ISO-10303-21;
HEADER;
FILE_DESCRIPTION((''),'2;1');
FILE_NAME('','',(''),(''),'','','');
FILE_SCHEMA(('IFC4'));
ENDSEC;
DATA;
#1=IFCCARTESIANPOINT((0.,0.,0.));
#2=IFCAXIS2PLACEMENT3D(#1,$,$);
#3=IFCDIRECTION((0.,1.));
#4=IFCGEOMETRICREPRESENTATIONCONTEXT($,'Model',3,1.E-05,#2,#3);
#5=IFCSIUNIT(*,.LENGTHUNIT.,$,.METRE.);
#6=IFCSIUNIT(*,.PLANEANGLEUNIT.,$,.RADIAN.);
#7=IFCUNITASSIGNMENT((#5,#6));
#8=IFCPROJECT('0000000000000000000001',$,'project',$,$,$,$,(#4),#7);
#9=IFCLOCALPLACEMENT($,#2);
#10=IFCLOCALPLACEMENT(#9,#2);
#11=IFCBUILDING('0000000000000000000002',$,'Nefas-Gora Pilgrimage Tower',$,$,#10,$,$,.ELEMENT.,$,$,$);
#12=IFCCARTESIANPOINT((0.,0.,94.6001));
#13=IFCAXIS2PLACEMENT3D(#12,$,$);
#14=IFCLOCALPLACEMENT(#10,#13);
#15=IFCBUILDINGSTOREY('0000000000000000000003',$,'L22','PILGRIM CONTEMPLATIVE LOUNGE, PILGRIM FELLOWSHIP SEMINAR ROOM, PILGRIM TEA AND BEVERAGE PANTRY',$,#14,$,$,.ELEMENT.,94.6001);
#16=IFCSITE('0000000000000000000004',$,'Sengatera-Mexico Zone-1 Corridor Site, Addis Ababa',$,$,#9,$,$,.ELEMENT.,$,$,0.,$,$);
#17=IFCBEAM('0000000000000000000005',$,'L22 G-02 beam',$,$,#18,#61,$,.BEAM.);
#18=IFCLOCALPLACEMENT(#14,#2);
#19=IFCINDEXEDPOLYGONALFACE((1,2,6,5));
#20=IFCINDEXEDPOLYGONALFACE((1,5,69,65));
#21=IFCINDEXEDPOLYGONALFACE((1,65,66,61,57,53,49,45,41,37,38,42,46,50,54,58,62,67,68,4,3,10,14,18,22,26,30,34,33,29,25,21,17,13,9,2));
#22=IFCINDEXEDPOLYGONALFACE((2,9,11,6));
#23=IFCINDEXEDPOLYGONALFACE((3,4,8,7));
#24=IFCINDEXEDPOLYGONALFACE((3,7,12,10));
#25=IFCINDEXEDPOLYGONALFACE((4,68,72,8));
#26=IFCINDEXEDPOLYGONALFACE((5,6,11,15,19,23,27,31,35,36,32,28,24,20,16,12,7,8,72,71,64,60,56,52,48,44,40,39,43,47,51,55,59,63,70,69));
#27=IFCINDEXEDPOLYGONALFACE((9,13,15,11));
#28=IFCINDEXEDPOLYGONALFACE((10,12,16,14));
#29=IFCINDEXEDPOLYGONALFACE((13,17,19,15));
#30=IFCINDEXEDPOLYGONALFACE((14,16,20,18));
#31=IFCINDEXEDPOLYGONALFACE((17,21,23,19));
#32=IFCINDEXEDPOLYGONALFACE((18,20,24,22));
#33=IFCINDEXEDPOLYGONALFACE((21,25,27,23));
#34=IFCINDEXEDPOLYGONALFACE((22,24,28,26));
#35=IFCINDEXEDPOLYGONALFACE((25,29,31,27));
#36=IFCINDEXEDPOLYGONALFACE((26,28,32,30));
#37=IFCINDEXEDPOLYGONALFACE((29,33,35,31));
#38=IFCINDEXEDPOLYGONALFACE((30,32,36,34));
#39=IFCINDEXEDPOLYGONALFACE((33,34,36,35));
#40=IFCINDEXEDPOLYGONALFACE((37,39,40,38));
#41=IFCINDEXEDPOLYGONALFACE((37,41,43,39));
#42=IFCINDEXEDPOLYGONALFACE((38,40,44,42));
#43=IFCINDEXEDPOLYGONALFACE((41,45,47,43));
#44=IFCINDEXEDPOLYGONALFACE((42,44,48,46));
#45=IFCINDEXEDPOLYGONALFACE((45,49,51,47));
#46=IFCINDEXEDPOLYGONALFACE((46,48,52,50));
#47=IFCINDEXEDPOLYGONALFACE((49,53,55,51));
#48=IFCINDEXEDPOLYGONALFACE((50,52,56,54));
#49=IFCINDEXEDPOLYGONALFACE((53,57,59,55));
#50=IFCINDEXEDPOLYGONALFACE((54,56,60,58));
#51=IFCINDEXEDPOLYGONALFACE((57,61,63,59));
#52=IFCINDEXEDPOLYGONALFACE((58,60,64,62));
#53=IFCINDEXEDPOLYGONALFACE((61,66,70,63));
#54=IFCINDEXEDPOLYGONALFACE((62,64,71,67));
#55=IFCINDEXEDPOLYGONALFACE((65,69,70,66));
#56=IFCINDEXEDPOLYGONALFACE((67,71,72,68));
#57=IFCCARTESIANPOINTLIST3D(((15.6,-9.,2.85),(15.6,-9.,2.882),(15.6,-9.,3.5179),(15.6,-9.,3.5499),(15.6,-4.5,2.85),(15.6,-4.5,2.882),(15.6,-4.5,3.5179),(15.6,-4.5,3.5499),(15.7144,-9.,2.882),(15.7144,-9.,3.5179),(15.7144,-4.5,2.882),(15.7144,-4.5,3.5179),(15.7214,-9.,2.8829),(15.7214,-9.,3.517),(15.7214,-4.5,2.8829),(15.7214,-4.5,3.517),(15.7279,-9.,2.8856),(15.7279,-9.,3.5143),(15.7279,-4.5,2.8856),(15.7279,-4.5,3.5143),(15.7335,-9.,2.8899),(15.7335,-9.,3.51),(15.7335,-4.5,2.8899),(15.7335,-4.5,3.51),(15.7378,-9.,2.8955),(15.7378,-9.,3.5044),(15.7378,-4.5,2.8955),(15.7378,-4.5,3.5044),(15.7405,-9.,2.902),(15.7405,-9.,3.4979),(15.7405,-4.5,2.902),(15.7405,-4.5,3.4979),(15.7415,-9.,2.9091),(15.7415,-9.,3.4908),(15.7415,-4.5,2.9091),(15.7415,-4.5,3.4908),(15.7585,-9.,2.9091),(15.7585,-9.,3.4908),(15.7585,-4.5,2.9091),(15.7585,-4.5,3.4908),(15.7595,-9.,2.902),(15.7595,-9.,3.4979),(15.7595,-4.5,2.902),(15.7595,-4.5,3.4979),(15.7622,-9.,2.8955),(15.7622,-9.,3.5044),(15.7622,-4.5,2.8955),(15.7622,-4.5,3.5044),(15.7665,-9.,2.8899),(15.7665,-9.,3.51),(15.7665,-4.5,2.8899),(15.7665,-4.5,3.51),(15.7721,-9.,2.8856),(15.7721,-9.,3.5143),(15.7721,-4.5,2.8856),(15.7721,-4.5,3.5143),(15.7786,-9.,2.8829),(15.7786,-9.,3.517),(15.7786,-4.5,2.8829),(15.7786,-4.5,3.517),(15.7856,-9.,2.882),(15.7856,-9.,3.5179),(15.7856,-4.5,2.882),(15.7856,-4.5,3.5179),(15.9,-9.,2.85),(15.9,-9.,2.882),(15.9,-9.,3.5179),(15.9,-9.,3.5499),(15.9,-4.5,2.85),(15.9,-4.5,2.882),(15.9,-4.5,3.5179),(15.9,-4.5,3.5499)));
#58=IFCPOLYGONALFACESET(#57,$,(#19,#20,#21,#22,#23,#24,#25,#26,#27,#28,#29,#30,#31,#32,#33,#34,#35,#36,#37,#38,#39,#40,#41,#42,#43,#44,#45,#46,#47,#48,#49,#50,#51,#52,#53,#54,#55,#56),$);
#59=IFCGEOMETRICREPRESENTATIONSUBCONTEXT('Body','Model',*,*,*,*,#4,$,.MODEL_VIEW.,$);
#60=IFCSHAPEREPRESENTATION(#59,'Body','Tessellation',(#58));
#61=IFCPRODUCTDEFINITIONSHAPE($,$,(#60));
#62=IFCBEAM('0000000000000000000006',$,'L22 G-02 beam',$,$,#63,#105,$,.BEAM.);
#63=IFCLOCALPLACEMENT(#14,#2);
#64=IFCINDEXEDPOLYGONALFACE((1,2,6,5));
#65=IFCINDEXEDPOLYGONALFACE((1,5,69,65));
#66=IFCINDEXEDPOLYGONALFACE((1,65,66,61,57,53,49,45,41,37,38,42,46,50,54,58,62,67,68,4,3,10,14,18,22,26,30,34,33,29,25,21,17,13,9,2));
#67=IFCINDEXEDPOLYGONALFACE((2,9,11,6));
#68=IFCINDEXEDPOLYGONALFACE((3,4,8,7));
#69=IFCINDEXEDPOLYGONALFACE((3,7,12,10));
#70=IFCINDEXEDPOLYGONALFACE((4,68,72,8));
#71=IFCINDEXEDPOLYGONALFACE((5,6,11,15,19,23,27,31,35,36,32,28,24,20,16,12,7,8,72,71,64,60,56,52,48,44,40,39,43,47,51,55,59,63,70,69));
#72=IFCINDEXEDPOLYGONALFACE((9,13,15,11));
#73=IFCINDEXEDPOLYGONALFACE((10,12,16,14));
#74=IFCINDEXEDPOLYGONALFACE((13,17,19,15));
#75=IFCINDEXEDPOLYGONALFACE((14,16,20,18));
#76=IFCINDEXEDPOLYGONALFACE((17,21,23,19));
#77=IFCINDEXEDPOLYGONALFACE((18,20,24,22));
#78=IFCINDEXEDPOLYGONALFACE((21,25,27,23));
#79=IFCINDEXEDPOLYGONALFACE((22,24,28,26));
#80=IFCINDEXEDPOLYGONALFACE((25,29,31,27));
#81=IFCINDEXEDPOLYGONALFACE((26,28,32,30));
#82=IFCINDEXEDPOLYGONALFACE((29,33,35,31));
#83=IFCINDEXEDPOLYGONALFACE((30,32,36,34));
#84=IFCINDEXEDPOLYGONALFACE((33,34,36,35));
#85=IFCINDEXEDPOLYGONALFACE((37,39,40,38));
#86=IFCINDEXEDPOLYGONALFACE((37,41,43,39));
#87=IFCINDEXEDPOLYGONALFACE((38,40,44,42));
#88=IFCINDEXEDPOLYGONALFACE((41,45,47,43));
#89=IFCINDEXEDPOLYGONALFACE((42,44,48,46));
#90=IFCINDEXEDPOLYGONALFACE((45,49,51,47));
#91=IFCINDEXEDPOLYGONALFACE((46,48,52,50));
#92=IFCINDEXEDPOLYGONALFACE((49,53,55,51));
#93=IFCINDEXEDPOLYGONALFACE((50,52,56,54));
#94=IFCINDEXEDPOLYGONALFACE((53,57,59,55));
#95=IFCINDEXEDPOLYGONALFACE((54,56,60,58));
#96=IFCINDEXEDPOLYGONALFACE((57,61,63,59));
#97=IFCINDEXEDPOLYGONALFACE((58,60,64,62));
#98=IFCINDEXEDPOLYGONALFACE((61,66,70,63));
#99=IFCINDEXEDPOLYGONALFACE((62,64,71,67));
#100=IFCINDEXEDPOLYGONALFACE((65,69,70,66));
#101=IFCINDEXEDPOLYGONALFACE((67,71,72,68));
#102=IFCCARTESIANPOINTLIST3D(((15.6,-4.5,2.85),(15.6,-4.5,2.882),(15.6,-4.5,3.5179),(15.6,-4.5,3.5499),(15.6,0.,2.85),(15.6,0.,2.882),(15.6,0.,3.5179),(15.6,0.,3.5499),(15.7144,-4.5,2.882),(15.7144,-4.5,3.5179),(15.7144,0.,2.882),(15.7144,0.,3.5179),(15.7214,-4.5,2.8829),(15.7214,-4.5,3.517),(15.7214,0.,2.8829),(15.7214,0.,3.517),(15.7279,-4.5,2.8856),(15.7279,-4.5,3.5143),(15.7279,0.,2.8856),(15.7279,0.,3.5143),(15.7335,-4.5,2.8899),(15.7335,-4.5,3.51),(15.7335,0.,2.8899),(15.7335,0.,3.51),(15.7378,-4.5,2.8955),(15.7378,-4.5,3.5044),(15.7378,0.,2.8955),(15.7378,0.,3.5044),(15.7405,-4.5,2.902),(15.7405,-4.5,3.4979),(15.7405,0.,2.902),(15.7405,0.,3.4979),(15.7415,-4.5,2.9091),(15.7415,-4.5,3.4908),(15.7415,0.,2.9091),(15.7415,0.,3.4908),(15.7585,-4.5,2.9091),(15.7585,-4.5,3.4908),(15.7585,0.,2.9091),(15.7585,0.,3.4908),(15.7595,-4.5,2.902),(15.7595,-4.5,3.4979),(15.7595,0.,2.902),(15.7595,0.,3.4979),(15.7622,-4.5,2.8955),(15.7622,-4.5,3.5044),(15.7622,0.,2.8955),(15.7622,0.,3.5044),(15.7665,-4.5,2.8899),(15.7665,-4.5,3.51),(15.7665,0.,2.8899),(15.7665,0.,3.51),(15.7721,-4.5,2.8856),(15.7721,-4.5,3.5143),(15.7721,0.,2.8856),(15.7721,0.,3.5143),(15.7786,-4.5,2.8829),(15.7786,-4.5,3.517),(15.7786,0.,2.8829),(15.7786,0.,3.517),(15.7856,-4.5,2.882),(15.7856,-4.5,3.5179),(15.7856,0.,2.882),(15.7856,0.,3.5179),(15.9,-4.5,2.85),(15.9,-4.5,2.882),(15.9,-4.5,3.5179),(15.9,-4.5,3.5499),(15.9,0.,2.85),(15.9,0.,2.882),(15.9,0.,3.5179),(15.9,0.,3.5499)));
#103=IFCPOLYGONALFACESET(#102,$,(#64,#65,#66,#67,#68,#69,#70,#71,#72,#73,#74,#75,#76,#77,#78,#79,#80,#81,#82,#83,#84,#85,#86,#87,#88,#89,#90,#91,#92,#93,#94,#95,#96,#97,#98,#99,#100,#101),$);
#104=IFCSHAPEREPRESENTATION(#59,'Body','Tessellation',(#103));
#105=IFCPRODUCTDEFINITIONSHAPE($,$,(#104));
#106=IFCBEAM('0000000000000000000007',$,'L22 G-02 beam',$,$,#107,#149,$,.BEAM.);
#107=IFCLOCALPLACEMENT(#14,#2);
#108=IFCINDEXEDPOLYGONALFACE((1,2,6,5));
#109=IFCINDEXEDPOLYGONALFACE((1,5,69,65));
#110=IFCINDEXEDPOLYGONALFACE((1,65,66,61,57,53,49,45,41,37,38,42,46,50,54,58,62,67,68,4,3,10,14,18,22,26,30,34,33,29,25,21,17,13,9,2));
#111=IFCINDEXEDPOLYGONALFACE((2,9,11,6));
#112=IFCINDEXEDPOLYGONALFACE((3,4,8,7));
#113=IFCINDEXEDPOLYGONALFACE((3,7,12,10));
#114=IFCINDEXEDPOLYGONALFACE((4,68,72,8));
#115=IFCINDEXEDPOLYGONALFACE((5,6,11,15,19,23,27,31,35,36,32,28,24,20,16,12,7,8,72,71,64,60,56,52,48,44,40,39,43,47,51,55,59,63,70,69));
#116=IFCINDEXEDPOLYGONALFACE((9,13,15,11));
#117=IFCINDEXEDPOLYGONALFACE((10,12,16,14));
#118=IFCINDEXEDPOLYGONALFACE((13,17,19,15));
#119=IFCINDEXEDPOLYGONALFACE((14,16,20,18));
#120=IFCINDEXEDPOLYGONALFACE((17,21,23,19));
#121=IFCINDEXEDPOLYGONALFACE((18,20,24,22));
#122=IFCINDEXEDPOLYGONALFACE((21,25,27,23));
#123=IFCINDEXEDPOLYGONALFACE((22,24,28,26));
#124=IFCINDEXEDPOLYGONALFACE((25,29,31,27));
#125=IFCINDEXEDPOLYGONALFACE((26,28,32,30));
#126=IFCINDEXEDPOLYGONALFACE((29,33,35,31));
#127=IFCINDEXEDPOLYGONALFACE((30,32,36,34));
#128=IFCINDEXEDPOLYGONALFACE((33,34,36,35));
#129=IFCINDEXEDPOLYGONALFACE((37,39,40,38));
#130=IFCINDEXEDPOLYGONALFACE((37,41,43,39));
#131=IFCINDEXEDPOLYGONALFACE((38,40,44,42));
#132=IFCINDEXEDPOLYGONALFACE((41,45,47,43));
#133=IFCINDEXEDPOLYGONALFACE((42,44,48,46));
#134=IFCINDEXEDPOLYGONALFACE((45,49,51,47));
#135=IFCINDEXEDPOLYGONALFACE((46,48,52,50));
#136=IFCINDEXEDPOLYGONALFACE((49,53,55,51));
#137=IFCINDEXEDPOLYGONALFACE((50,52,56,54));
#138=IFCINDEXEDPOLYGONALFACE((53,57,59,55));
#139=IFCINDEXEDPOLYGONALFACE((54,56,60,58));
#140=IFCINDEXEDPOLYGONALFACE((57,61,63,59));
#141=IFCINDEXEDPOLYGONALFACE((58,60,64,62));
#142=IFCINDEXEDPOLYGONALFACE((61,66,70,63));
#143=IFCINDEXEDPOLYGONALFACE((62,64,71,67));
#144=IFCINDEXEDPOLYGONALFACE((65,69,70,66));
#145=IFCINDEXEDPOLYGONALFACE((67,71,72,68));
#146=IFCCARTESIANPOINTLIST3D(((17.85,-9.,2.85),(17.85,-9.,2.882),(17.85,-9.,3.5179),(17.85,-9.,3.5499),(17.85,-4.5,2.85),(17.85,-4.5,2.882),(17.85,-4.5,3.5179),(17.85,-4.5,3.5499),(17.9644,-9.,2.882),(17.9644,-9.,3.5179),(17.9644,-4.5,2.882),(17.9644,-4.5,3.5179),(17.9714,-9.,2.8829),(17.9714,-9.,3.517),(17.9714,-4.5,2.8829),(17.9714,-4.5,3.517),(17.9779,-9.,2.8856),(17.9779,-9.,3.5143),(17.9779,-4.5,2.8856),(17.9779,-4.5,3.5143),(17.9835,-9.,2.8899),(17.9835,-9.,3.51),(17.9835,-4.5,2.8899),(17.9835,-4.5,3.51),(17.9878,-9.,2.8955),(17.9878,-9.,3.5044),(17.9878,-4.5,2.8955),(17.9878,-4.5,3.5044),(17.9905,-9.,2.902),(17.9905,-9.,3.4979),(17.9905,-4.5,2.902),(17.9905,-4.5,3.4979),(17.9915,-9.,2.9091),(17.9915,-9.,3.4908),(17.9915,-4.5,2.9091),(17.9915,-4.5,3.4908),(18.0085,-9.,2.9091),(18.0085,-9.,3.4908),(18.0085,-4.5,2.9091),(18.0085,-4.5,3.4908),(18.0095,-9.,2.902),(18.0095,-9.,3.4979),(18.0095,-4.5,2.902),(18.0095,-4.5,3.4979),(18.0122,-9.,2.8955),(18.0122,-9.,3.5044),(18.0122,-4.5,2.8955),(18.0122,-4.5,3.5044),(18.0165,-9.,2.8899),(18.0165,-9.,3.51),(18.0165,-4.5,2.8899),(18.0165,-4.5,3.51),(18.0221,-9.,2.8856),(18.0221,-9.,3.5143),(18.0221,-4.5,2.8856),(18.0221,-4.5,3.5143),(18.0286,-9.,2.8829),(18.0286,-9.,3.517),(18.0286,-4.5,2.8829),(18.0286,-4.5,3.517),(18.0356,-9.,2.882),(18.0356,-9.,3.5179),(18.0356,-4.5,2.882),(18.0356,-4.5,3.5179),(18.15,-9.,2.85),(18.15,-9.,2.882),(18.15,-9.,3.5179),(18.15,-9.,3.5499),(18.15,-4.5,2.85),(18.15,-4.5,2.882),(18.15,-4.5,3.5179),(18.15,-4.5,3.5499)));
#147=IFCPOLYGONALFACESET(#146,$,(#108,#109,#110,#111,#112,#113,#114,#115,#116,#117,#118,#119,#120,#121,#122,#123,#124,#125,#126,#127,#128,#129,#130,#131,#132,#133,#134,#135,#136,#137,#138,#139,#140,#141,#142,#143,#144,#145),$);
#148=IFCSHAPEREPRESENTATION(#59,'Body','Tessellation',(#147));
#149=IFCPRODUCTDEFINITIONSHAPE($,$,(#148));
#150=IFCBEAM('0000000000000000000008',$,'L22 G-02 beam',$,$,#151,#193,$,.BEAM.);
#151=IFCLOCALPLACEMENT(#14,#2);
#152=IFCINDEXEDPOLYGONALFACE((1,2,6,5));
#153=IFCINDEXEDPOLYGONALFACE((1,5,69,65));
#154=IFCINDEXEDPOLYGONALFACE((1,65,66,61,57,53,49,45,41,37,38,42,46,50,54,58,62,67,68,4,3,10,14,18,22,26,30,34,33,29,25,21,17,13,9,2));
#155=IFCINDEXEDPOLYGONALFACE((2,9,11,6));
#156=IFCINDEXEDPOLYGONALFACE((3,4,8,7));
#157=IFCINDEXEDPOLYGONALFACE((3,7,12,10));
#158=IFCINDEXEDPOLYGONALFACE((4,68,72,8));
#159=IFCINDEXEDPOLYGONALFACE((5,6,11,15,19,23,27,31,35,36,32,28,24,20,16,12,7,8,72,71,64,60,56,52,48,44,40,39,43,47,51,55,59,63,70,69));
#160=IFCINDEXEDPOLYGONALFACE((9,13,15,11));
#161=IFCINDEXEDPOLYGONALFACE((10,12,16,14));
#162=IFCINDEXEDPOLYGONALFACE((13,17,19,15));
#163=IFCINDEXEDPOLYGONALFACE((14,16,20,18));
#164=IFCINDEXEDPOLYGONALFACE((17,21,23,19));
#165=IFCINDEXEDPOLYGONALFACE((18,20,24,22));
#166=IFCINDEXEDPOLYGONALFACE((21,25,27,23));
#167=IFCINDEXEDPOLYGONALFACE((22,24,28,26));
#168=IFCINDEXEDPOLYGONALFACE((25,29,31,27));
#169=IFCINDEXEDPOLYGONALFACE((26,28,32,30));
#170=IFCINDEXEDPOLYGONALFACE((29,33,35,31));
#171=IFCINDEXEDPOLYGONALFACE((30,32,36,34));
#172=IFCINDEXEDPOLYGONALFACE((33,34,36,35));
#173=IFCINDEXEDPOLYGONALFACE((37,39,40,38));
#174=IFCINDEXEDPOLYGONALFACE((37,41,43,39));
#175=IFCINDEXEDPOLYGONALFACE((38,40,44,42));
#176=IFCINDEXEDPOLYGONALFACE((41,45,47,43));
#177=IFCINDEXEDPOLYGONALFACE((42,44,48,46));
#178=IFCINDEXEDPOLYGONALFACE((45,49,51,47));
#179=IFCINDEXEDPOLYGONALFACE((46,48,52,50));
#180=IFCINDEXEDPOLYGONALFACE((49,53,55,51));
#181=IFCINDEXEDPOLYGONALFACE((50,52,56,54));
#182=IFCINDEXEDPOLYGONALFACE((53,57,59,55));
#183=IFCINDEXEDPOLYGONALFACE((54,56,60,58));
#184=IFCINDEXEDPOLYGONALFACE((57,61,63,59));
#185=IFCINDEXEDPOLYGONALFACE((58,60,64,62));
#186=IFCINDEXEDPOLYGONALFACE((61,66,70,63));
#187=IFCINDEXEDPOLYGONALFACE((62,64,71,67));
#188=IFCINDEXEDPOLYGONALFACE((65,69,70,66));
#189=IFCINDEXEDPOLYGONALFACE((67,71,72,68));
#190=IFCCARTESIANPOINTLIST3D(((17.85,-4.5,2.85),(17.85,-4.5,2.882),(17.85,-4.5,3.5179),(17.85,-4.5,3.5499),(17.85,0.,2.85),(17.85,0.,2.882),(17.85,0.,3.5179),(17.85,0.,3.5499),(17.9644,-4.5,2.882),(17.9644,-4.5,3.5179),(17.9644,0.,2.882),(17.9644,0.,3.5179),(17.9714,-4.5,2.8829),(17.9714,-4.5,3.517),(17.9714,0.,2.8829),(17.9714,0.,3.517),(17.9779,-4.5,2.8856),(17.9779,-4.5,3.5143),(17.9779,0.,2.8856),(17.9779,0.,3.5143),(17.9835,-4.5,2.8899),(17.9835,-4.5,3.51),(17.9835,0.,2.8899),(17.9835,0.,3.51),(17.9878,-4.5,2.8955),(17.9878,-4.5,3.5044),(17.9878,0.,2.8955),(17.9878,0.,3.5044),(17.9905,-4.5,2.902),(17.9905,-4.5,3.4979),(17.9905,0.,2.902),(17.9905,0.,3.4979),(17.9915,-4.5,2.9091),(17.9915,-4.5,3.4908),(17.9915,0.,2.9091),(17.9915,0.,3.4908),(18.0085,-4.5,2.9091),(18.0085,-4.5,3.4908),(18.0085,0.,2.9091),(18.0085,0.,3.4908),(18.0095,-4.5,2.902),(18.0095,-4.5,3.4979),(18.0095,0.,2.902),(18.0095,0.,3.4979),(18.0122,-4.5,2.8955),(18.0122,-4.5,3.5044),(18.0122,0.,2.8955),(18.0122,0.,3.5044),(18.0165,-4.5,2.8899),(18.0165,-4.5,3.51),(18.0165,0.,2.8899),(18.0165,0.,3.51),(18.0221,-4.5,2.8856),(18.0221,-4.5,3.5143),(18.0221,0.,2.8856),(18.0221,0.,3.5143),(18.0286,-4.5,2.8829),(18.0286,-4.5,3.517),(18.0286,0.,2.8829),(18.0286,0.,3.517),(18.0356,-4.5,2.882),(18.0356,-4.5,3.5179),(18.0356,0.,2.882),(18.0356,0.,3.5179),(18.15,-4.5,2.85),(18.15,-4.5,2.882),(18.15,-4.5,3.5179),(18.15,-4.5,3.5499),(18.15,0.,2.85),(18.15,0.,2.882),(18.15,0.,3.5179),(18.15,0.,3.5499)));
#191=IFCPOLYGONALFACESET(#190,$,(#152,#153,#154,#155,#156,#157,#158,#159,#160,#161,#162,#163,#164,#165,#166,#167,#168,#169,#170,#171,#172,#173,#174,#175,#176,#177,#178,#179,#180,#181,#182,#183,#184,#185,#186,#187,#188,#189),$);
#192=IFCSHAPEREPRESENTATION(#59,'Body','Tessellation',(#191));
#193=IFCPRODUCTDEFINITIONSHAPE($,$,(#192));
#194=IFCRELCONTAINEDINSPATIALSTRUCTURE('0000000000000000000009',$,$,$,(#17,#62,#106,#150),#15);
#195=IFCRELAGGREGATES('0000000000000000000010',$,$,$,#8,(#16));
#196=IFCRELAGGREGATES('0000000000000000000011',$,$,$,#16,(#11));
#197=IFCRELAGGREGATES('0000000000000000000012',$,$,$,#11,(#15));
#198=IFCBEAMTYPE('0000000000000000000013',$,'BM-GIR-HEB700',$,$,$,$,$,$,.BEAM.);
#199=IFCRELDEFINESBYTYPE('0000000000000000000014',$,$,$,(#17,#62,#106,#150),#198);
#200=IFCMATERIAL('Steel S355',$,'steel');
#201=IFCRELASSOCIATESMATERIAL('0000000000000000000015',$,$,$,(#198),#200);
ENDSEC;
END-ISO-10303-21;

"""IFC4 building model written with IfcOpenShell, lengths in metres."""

from ifc_helpers import new_model, si_unit, direction, frame, origin, origin_2d, place, context, subcontext, project, spatial, i_section, extrude, source, transform, mapped, material, material_profile, profile_set, type_object, element, save


model = new_model("IFC4")

# Units and contexts
model_context = context("Model", 3, precision=1e-05, world=origin(), true_north=direction((0.0, 1.0)))
body_context = subcontext(model_context, "Body", "Model", "MODEL_VIEW")
ifc_project = project(units=[si_unit("LENGTHUNIT", "METRE"), si_unit("PLANEANGLEUNIT", "RADIAN")], contexts=[model_context])

# Site, building, storey
site_placement = place(None, origin())
site = spatial("IfcSite", under=ifc_project, at=site_placement, Name="Sengatera-Mexico Zone-1 Corridor Site, Addis Ababa", CompositionType="ELEMENT", RefElevation=0.0)
building_placement = place(site_placement, origin())
building = spatial("IfcBuilding", under=site, at=building_placement, Name="Nefas-Gora Pilgrimage Tower", CompositionType="ELEMENT")
storey_placement = place(building_placement, frame((0.0, 0.0, 94.6001)))
storey = spatial("IfcBuildingStorey", under=building, at=storey_placement, Name="L22", Description="PILGRIM CONTEMPLATIVE LOUNGE, PILGRIM FELLOWSHIP SEMINAR ROOM, PILGRIM TEA AND BEVERAGE PANTRY", CompositionType="ELEMENT", Elevation=94.6001)

# Beams
ifc_material_1 = material(Name="Steel S355", Category="steel")
ifc_material_profile_1 = material_profile(ifc_material_1, i_section(OverallWidth=0.3, OverallDepth=0.7, WebThickness=0.0171, FlangeThickness=0.032, FilletRadius=0.0271, at=origin_2d()), Name="HEB 700")
ifc_profile_set_1 = profile_set([ifc_material_profile_1], Name="Steel S355")
beam_type_1 = type_object("IfcBeamType", Name="BM-GIR-HEB700", PredefinedType="BEAM", material=ifc_profile_set_1)
shared_shape_1 = source(origin(), body_context, "Body", "SweptSolid", [
    extrude(i_section(OverallWidth=0.3, OverallDepth=0.7, WebThickness=0.0171, FlangeThickness=0.032, FilletRadius=0.0271, at=origin_2d()), origin(), (0.0, 0.0, 1.0), 4.5),
])
for number, where, z_axis, x_axis, name in (
    (1, (15.75, -9.0, 3.2), (0.0, 1.0, 0.0), (-1.0, 0.0, 0.0), "L22 G-02 beam"),
    (2, (15.75, -4.5, 3.2), (0.0, 1.0, 0.0), (-1.0, 0.0, 0.0), "L22 G-02 beam"),
    (3, (18.0, -9.0, 3.2), (0.0, 1.0, 0.0), (-1.0, 0.0, 0.0), "L22 G-02 beam"),
    (4, (18.0, -4.5, 3.2), (0.0, 1.0, 0.0), (-1.0, 0.0, 0.0), "L22 G-02 beam"),
):
    element("IfcBeam", number, at=place(storey_placement, frame(where, z_axis=z_axis, x_axis=x_axis)), inside=storey, type_object=beam_type_1, Name=name, PredefinedType="BEAM", context=body_context, shape_type="MappedRepresentation", body=[
        mapped(shared_shape_1, transform((0.0, 0.0, 0.0), x_axis=(1.0, 0.0, 0.0), y_axis=(0.0, 1.0, 0.0), z_axis=(0.0, 0.0, 1.0), scale=1.0)),
    ])

save(model, "model.ifc")
